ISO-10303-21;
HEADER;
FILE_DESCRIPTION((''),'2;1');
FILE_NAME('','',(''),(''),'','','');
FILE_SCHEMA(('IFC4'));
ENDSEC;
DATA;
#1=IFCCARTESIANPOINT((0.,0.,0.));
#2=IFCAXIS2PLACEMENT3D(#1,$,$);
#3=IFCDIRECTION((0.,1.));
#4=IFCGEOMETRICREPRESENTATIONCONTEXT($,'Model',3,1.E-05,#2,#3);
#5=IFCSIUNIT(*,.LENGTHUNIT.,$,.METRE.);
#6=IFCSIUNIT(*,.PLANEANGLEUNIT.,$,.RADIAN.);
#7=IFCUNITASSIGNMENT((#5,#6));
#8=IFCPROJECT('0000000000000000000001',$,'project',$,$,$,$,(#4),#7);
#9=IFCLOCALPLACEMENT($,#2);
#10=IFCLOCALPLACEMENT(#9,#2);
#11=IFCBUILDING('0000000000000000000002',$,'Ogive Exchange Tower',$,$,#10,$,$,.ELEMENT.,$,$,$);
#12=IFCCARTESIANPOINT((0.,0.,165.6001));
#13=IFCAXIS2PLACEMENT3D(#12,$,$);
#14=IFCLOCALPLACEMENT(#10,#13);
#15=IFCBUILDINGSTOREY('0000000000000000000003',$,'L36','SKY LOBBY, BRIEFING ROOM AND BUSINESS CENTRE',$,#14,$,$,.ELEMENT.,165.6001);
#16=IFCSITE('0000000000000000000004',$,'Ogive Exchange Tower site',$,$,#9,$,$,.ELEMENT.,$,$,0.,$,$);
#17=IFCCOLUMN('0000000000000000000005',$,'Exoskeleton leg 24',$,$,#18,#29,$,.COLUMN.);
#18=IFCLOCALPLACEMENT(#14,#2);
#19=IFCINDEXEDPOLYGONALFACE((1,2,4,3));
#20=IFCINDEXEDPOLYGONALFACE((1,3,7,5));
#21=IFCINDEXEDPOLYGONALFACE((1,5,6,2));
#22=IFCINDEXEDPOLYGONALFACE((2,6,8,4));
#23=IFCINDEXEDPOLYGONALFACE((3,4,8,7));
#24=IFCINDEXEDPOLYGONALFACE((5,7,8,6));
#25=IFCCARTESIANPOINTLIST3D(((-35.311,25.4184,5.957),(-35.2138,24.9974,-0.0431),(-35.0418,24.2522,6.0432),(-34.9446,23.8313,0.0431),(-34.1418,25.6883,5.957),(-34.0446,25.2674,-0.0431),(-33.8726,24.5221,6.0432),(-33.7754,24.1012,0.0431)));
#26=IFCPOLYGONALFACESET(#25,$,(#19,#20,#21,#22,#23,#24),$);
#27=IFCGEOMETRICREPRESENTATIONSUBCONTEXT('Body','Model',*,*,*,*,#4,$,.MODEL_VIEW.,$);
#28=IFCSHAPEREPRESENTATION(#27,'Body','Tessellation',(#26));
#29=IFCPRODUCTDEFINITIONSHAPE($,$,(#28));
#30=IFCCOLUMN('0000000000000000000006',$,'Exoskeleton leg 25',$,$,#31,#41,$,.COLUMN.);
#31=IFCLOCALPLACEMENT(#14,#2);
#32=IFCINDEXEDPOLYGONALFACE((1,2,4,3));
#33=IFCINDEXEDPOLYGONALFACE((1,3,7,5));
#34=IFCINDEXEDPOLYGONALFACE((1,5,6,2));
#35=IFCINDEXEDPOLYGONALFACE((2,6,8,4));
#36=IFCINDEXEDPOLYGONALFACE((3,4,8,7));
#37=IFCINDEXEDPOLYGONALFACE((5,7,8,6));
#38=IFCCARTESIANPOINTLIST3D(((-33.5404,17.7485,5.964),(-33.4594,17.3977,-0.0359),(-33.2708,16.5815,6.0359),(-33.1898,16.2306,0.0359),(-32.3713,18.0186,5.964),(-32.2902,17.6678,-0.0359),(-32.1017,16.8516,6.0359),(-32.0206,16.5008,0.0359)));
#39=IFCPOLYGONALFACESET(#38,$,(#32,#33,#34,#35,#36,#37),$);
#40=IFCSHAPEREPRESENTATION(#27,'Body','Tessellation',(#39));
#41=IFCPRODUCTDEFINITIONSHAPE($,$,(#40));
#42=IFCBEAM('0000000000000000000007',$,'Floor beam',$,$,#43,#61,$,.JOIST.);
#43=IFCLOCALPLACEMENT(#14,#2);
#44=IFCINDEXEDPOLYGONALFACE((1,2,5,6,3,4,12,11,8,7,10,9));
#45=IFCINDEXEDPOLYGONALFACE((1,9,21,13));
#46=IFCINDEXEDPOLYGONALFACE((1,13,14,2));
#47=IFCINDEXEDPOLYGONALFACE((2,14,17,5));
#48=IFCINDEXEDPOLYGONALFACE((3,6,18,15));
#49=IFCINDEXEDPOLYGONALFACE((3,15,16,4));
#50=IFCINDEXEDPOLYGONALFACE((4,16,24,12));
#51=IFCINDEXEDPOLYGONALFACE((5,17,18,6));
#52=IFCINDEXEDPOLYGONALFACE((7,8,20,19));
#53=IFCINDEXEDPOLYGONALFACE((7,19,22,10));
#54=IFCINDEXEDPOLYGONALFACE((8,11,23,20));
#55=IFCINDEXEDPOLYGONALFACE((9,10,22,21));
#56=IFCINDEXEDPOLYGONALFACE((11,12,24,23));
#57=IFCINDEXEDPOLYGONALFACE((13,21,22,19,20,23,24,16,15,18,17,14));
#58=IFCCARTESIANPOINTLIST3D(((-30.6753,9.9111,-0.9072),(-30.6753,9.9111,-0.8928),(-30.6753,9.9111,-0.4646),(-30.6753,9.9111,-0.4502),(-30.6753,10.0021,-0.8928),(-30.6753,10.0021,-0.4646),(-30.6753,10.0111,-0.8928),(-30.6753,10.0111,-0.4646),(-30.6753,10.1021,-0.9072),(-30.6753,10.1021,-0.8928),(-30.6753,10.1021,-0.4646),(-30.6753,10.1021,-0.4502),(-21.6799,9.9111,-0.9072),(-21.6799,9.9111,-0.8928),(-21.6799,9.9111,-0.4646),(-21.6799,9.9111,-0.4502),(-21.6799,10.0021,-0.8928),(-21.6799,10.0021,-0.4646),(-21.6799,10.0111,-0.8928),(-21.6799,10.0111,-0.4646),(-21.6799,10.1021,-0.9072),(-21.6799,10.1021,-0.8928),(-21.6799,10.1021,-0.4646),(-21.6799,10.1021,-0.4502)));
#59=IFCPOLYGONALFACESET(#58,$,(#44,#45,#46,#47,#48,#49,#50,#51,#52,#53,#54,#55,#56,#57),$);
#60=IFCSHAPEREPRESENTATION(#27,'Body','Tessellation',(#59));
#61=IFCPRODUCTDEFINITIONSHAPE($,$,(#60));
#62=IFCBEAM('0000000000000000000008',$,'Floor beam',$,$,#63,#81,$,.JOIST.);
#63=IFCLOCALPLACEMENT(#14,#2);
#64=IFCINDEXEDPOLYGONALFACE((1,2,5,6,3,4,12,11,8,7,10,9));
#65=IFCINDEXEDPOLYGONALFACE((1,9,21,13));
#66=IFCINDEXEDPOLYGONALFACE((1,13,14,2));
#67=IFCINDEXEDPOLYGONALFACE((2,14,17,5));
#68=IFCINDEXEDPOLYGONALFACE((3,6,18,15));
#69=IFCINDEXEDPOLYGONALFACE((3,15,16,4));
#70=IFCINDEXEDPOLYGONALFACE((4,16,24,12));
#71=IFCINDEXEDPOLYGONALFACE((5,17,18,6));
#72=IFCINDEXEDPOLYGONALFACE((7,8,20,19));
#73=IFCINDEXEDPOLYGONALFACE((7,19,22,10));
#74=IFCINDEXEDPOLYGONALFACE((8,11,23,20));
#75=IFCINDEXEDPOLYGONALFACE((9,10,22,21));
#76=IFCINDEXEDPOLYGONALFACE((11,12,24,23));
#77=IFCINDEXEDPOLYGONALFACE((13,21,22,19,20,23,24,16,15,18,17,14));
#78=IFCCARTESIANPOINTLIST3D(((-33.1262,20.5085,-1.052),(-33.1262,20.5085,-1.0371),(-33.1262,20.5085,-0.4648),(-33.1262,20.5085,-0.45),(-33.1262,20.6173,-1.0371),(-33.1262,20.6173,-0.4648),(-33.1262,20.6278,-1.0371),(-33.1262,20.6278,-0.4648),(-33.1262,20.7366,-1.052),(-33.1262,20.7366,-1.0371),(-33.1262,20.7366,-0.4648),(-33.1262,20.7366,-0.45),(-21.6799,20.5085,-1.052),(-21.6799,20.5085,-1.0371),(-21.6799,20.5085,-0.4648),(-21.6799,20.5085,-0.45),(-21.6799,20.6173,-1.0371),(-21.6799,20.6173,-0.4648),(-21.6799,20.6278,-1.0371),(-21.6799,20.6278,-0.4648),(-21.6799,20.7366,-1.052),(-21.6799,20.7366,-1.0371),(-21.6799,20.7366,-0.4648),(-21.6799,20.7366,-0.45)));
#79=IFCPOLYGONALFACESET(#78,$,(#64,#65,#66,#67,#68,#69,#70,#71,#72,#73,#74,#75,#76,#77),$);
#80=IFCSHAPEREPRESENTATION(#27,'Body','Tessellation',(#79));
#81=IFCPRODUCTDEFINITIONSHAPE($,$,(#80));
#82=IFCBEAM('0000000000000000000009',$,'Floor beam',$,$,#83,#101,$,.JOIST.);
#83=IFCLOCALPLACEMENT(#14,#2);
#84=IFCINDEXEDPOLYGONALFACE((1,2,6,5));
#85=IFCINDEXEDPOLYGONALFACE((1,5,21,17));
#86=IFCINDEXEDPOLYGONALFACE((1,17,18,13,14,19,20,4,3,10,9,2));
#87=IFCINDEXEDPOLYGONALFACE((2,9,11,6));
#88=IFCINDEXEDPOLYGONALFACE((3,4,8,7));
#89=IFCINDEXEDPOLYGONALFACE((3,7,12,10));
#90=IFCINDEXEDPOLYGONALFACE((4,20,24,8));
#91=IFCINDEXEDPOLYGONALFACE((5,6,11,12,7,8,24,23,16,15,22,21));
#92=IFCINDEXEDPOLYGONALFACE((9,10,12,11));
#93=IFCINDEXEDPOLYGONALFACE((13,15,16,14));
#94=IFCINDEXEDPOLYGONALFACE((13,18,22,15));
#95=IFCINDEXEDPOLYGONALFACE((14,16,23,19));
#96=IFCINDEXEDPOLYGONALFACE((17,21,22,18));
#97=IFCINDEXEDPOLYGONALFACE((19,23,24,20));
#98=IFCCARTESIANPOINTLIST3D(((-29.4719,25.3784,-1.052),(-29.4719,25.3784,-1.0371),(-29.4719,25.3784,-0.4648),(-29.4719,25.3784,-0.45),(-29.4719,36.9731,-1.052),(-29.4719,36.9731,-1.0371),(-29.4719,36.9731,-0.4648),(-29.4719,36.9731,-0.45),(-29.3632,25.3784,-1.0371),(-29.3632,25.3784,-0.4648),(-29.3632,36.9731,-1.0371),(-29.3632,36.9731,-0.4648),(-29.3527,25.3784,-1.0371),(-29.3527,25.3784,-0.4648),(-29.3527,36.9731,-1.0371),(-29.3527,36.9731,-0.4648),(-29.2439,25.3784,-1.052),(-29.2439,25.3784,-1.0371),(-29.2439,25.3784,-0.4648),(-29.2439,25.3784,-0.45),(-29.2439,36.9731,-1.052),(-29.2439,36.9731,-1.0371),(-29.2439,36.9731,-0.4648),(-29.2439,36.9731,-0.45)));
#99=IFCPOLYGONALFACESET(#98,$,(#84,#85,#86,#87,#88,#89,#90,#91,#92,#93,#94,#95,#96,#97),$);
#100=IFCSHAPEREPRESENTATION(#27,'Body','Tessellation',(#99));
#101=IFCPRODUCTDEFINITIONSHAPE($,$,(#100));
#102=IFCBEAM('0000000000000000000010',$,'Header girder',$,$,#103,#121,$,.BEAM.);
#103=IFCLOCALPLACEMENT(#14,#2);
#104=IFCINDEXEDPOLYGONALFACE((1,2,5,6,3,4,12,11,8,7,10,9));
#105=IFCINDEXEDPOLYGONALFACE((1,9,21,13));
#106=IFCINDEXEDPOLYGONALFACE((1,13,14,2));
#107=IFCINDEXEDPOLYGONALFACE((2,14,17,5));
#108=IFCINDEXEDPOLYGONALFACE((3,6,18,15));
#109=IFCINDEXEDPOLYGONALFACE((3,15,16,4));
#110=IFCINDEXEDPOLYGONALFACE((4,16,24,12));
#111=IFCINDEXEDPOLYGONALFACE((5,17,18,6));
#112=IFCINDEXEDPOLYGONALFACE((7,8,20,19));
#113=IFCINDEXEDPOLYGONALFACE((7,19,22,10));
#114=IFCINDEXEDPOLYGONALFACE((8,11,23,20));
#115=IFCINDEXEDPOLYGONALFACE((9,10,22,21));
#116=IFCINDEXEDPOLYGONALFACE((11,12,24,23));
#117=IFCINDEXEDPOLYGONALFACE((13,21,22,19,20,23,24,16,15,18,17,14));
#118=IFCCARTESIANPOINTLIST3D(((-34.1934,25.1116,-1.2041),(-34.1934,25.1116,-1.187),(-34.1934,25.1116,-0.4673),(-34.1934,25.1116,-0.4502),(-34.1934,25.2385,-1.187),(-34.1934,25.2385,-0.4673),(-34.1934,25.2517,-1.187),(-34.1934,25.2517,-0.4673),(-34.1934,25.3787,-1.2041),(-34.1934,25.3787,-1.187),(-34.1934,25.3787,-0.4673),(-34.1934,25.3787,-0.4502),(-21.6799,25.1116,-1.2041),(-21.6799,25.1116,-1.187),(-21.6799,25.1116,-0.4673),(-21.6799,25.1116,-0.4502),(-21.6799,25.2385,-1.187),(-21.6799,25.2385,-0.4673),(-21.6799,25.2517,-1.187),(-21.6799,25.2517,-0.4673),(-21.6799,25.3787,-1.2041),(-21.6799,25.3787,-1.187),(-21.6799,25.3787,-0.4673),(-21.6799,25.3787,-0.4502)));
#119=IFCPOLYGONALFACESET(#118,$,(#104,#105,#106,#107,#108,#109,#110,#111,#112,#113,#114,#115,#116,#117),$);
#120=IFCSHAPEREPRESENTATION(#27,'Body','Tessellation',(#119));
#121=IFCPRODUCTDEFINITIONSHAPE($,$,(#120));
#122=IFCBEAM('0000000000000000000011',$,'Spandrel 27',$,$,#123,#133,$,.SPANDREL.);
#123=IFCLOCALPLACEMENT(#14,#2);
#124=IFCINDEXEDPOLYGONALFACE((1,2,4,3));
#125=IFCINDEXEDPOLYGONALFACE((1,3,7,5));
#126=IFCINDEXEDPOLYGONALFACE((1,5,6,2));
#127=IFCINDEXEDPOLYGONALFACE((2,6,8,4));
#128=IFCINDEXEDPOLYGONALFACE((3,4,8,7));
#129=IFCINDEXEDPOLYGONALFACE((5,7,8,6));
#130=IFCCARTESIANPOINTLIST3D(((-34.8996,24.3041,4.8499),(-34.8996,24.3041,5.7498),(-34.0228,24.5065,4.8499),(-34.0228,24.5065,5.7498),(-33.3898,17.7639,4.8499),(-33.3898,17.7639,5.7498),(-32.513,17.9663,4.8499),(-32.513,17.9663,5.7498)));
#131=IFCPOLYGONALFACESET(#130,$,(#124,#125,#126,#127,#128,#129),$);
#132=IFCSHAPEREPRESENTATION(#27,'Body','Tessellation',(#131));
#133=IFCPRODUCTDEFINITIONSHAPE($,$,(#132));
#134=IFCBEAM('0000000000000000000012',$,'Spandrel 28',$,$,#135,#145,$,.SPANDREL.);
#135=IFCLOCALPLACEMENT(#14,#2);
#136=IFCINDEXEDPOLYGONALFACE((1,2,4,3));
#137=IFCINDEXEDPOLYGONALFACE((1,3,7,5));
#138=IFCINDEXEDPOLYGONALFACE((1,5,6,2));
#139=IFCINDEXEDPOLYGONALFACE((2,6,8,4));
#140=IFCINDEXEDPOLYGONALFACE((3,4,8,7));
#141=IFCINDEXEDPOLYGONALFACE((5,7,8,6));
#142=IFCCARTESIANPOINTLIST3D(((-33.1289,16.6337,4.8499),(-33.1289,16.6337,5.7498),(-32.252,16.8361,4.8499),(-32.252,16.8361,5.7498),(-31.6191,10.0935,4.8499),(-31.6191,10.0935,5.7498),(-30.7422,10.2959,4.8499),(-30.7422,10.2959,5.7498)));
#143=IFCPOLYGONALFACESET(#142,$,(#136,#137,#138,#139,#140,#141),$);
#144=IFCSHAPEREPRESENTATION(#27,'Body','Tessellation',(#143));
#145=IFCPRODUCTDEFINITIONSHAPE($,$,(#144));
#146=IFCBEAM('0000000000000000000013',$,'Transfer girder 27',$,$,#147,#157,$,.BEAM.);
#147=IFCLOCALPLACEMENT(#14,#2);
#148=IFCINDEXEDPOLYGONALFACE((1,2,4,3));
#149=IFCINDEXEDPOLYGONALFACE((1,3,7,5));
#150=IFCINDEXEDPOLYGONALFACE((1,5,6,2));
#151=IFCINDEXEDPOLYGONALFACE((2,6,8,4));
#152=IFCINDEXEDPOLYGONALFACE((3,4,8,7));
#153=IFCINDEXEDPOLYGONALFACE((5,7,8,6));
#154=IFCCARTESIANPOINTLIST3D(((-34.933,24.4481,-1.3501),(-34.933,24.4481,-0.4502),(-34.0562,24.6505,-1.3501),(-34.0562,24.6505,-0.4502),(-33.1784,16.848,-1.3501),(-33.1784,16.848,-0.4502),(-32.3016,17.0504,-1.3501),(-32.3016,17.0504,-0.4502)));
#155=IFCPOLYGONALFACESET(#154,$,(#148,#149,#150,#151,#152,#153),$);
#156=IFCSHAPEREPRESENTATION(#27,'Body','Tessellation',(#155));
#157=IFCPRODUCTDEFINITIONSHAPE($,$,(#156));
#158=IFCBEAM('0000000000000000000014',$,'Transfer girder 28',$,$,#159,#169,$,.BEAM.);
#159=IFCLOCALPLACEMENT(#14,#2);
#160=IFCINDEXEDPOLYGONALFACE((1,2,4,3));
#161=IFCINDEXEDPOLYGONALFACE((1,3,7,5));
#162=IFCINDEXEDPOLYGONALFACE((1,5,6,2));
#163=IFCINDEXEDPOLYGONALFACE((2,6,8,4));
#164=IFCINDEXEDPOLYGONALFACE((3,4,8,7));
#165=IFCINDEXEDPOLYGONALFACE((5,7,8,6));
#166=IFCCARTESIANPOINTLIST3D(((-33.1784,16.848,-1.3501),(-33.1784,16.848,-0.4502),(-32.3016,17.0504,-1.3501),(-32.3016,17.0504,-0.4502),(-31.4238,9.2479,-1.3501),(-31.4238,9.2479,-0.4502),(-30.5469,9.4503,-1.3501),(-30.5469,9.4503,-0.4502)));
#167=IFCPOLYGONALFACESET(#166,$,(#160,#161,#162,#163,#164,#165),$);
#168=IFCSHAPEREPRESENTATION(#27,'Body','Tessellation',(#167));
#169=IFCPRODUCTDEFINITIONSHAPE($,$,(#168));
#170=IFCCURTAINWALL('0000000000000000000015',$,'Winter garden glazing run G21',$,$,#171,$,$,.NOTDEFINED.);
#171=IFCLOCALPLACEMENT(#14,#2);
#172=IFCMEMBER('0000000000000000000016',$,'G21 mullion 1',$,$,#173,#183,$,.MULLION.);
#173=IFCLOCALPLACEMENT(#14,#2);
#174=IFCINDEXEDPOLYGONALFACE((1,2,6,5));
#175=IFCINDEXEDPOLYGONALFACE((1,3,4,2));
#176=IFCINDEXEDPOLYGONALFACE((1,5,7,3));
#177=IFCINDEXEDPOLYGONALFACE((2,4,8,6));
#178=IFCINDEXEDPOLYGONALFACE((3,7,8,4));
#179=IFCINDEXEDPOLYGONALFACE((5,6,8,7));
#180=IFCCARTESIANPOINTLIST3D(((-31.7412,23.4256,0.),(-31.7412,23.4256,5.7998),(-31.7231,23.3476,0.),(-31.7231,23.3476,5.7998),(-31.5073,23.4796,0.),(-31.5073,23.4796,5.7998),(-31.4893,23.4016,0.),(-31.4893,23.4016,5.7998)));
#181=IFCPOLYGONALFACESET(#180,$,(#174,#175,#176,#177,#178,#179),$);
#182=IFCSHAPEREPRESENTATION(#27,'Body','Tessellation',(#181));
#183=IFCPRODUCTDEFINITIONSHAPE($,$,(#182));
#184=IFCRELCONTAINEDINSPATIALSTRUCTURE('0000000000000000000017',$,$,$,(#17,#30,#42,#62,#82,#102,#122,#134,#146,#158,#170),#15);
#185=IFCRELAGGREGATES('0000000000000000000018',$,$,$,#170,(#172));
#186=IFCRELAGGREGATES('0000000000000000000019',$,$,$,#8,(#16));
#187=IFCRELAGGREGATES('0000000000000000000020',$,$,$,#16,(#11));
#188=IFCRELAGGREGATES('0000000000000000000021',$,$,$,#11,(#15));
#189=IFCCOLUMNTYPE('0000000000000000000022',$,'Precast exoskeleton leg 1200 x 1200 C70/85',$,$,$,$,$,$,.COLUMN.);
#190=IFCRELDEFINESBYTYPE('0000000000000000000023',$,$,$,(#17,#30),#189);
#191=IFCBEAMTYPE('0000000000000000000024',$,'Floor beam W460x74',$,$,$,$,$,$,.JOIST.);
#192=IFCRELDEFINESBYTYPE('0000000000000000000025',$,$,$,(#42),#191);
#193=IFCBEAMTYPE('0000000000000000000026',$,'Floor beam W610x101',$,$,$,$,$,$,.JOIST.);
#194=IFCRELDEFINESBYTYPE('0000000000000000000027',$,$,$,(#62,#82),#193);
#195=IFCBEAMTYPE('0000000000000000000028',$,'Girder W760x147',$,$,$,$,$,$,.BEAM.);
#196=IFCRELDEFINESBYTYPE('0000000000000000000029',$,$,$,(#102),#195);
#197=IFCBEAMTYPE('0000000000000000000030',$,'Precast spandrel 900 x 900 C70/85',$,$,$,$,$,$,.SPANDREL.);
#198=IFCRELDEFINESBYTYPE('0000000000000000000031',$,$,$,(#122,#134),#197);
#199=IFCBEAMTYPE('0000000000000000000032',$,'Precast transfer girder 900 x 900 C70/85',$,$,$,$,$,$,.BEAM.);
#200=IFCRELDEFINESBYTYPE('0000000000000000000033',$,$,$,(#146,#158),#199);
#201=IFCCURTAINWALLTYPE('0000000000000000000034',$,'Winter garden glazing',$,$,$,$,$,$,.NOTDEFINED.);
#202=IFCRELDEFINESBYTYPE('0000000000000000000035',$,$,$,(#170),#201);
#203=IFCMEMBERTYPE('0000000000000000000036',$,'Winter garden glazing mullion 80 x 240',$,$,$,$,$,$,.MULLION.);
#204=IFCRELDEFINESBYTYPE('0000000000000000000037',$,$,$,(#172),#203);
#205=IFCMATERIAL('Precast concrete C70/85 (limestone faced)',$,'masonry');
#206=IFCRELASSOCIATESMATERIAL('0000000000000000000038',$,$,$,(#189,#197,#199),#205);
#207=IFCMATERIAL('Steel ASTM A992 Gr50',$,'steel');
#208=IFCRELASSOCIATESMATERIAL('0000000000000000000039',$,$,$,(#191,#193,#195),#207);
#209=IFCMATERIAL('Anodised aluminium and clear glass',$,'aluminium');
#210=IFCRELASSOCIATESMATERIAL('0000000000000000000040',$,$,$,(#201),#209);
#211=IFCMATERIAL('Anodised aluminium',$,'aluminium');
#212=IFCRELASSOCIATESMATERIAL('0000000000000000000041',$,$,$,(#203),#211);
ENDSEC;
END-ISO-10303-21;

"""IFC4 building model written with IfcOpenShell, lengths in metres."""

from ifc_helpers import new_model, si_unit, direction, frame, origin, origin_2d, place, context, subcontext, project, spatial, rectangle, i_section, extrude, material, material_profile, profile_set, type_object, element, aggregate, save


model = new_model("IFC4")

# Units and contexts
model_context = context("Model", 3, precision=1e-05, world=origin(), true_north=direction((0.0, 1.0)))
body_context = subcontext(model_context, "Body", "Model", "MODEL_VIEW")
ifc_project = project(units=[si_unit("LENGTHUNIT", "METRE"), si_unit("PLANEANGLEUNIT", "RADIAN")], contexts=[model_context])

# Site, building, storey
site_placement = place(None, origin())
site = spatial("IfcSite", under=ifc_project, at=site_placement, Name="Ogive Exchange Tower site", CompositionType="ELEMENT", RefElevation=0.0)
building_placement = place(site_placement, origin())
building = spatial("IfcBuilding", under=site, at=building_placement, Name="Ogive Exchange Tower", CompositionType="ELEMENT")
storey_placement = place(building_placement, frame((0.0, 0.0, 165.6001)))
storey = spatial("IfcBuildingStorey", under=building, at=storey_placement, Name="L36", Description="SKY LOBBY, BRIEFING ROOM AND BUSINESS CENTRE", CompositionType="ELEMENT", Elevation=165.6001)

# Columns
ifc_material_1 = material(Name="Precast concrete C70/85 (limestone faced)", Category="masonry")
ifc_material_profile_1 = material_profile(ifc_material_1, rectangle(XDim=1.2, YDim=1.2, at=origin_2d()), Name="1200 x 1200")
ifc_profile_set_1 = profile_set([ifc_material_profile_1], Name="Precast concrete C70/85 (limestone faced)")
column_type = type_object("IfcColumnType", Name="Precast exoskeleton leg 1200 x 1200 C70/85", PredefinedType="COLUMN", material=ifc_profile_set_1)
column_1_placement = place(storey_placement, frame((-34.4946, 24.5493, 0.0), z_axis=(-0.016153, 0.069969, 0.997418), x_axis=(-0.974372, -0.224942, 0.0)))
element("IfcColumn", 1, at=column_1_placement, inside=storey, type_object=column_type, Name="Exoskeleton leg 24", PredefinedType="COLUMN", context=body_context, shape_type="SweptSolid", body=[
    extrude(rectangle(XDim=1.2, YDim=1.2, at=origin_2d()), origin(), (0.0, 0.0, 1.0), 6.0156),
])
column_2_placement = place(storey_placement, frame((-32.74, 16.9492, 0.0), z_axis=(-0.013485, 0.058367, 0.998204), x_axis=(-0.974334, -0.225107, 0.0)))
element("IfcColumn", 2, at=column_2_placement, inside=storey, type_object=column_type, Name="Exoskeleton leg 25", PredefinedType="COLUMN", context=body_context, shape_type="SweptSolid", body=[
    extrude(rectangle(XDim=1.2, YDim=1.2, at=origin_2d()), origin(), (0.0, 0.0, 1.0), 6.0107),
])

# Beams
ifc_material_2 = material(Name="Steel ASTM A992 Gr50", Category="steel")
ifc_material_profile_2 = material_profile(ifc_material_2, i_section(OverallWidth=0.1909, OverallDepth=0.457, WebThickness=0.009, FlangeThickness=0.0144, at=origin_2d()), Name="W460x74")
ifc_profile_set_2 = profile_set([ifc_material_profile_2], Name="Steel ASTM A992 Gr50")
beam_type_1 = type_object("IfcBeamType", Name="Floor beam W460x74", PredefinedType="JOIST", material=ifc_profile_set_2)
beam_1_placement = place(storey_placement, frame((-30.6753, 10.0066, -0.6787), z_axis=(1.0, 0.0, 0.0), x_axis=(0.0, 1.0, 0.0)))
element("IfcBeam", 3, at=beam_1_placement, inside=storey, type_object=beam_type_1, Name="Floor beam", PredefinedType="JOIST", context=body_context, shape_type="SweptSolid", body=[
    extrude(i_section(OverallWidth=0.1909, OverallDepth=0.457, WebThickness=0.009, FlangeThickness=0.0144, at=origin_2d()), origin(), (0.0, 0.0, 1.0), 8.9954),
])
ifc_material_profile_3 = material_profile(ifc_material_2, i_section(OverallWidth=0.228, OverallDepth=0.6021, WebThickness=0.0105, FlangeThickness=0.0149, at=origin_2d()), Name="W610x101")
ifc_profile_set_3 = profile_set([ifc_material_profile_3], Name="Steel ASTM A992 Gr50")
beam_type_2 = type_object("IfcBeamType", Name="Floor beam W610x101", PredefinedType="JOIST", material=ifc_profile_set_3)
beam_2_placement = place(storey_placement, frame((-33.1262, 20.6226, -0.751), z_axis=(1.0, 0.0, 0.0), x_axis=(0.0, 1.0, 0.0)))
element("IfcBeam", 4, at=beam_2_placement, inside=storey, type_object=beam_type_2, Name="Floor beam", PredefinedType="JOIST", context=body_context, shape_type="SweptSolid", body=[
    extrude(i_section(OverallWidth=0.228, OverallDepth=0.6021, WebThickness=0.0105, FlangeThickness=0.0149, at=origin_2d()), origin(), (0.0, 0.0, 1.0), 11.4463),
])
beam_3_placement = place(storey_placement, frame((-29.3579, 25.3784, -0.751), z_axis=(0.0, 1.0, 0.0), x_axis=(-1.0, 0.0, 0.0)))
element("IfcBeam", 5, at=beam_3_placement, inside=storey, type_object=beam_type_2, Name="Floor beam", PredefinedType="JOIST", context=body_context, shape_type="SweptSolid", body=[
    extrude(i_section(OverallWidth=0.228, OverallDepth=0.6021, WebThickness=0.0105, FlangeThickness=0.0149, at=origin_2d()), origin(), (0.0, 0.0, 1.0), 11.5947),
])
ifc_material_profile_4 = material_profile(ifc_material_2, i_section(OverallWidth=0.2671, OverallDepth=0.7539, WebThickness=0.0132, FlangeThickness=0.0171, at=origin_2d()), Name="W760x147")
ifc_profile_set_4 = profile_set([ifc_material_profile_4], Name="Steel ASTM A992 Gr50")
beam_type_3 = type_object("IfcBeamType", Name="Girder W760x147", PredefinedType="BEAM", material=ifc_profile_set_4)
beam_4_placement = place(storey_placement, frame((-34.1934, 25.2451, -0.8271), z_axis=(1.0, 0.0, 0.0), x_axis=(0.0, 1.0, 0.0)))
element("IfcBeam", 6, at=beam_4_placement, inside=storey, type_object=beam_type_3, Name="Header girder", PredefinedType="BEAM", context=body_context, shape_type="SweptSolid", body=[
    extrude(i_section(OverallWidth=0.2671, OverallDepth=0.7539, WebThickness=0.0132, FlangeThickness=0.0171, at=origin_2d()), origin(), (0.0, 0.0, 1.0), 12.5134),
])
ifc_material_profile_5 = material_profile(ifc_material_1, rectangle(XDim=0.8999, YDim=0.8999, at=origin_2d()), Name="900 x 900")
ifc_profile_set_5 = profile_set([ifc_material_profile_5], Name="Precast concrete C70/85 (limestone faced)")
beam_type_4 = type_object("IfcBeamType", Name="Precast spandrel 900 x 900 C70/85", PredefinedType="SPANDREL", material=ifc_profile_set_5)
for number, where, z_axis, x_axis, name in (
    (7, (-34.4612, 24.4053, 5.2998), (0.224934, -0.974374, 0.0), (0.974374, 0.224934, 0.0), "Spandrel 27"),
    (8, (-32.6904, 16.7349, 5.2998), (0.224934, -0.974374, 0.0), (0.974374, 0.224934, 0.0), "Spandrel 28"),
):
    element("IfcBeam", number, at=place(storey_placement, frame(where, z_axis=z_axis, x_axis=x_axis)), inside=storey, type_object=beam_type_4, Name=name, PredefinedType="SPANDREL", context=body_context, shape_type="SweptSolid", body=[
        extrude(rectangle(XDim=0.8999, YDim=0.8999, at=origin_2d()), origin(), (0.0, 0.0, 1.0), 6.7122),
    ])
ifc_material_profile_6 = material_profile(ifc_material_1, rectangle(XDim=0.8999, YDim=0.8999, at=origin_2d()), Name="900 x 900")
ifc_profile_set_6 = profile_set([ifc_material_profile_6], Name="Precast concrete C70/85 (limestone faced)")
beam_type_5 = type_object("IfcBeamType", Name="Precast transfer girder 900 x 900 C70/85", PredefinedType="BEAM", material=ifc_profile_set_6)
for number, where, z_axis, x_axis, name in (
    (9, (-34.4946, 24.5493, -0.9001), (0.224953, -0.97437, 0.0), (0.97437, 0.224953, 0.0), "Transfer girder 27"),
    (10, (-32.74, 16.9492, -0.9001), (0.224953, -0.97437, 0.0), (0.97437, 0.224953, 0.0), "Transfer girder 28"),
):
    element("IfcBeam", number, at=place(storey_placement, frame(where, z_axis=z_axis, x_axis=x_axis)), inside=storey, type_object=beam_type_5, Name=name, PredefinedType="BEAM", context=body_context, shape_type="SweptSolid", body=[
        extrude(rectangle(XDim=0.8999, YDim=0.8999, at=origin_2d()), origin(), (0.0, 0.0, 1.0), 7.8),
    ])

# Curtain wall, member
ifc_material_3 = material(Name="Anodised aluminium and clear glass", Category="aluminium")
curtain_wall_type = type_object("IfcCurtainWallType", Name="Winter garden glazing", PredefinedType="NOTDEFINED", material=ifc_material_3)
curtain_wall_1_placement = place(storey_placement, origin())
curtain_wall_1 = element("IfcCurtainWall", 11, at=curtain_wall_1_placement, inside=storey, type_object=curtain_wall_type, Name="Winter garden glazing run G21", PredefinedType="NOTDEFINED")
ifc_material_4 = material(Name="Anodised aluminium", Category="aluminium")
ifc_material_profile_7 = material_profile(ifc_material_4, rectangle(XDim=0.24, YDim=0.0801, at=origin_2d()), Name="AL 80x240")
ifc_profile_set_7 = profile_set([ifc_material_profile_7], Name="Anodised aluminium")
member_type_1 = type_object("IfcMemberType", Name="Winter garden glazing mullion 80 x 240", PredefinedType="MULLION", material=ifc_profile_set_7)
member_1_placement = place(storey_placement, frame((-31.6152, 23.4136, 0.0), z_axis=(0.0, 0.0, 1.0), x_axis=(0.974369, 0.224957, 0.0)))
member_1 = element("IfcMember", 12, at=member_1_placement, type_object=member_type_1, Name="G21 mullion 1", PredefinedType="MULLION", context=body_context, shape_type="SweptSolid", body=[
    extrude(rectangle(XDim=0.24, YDim=0.0801, at=origin_2d()), origin(), (0.0, 0.0, 1.0), 5.7998),
])

aggregate(curtain_wall_1, [member_1])

save(model, "model.ifc")
